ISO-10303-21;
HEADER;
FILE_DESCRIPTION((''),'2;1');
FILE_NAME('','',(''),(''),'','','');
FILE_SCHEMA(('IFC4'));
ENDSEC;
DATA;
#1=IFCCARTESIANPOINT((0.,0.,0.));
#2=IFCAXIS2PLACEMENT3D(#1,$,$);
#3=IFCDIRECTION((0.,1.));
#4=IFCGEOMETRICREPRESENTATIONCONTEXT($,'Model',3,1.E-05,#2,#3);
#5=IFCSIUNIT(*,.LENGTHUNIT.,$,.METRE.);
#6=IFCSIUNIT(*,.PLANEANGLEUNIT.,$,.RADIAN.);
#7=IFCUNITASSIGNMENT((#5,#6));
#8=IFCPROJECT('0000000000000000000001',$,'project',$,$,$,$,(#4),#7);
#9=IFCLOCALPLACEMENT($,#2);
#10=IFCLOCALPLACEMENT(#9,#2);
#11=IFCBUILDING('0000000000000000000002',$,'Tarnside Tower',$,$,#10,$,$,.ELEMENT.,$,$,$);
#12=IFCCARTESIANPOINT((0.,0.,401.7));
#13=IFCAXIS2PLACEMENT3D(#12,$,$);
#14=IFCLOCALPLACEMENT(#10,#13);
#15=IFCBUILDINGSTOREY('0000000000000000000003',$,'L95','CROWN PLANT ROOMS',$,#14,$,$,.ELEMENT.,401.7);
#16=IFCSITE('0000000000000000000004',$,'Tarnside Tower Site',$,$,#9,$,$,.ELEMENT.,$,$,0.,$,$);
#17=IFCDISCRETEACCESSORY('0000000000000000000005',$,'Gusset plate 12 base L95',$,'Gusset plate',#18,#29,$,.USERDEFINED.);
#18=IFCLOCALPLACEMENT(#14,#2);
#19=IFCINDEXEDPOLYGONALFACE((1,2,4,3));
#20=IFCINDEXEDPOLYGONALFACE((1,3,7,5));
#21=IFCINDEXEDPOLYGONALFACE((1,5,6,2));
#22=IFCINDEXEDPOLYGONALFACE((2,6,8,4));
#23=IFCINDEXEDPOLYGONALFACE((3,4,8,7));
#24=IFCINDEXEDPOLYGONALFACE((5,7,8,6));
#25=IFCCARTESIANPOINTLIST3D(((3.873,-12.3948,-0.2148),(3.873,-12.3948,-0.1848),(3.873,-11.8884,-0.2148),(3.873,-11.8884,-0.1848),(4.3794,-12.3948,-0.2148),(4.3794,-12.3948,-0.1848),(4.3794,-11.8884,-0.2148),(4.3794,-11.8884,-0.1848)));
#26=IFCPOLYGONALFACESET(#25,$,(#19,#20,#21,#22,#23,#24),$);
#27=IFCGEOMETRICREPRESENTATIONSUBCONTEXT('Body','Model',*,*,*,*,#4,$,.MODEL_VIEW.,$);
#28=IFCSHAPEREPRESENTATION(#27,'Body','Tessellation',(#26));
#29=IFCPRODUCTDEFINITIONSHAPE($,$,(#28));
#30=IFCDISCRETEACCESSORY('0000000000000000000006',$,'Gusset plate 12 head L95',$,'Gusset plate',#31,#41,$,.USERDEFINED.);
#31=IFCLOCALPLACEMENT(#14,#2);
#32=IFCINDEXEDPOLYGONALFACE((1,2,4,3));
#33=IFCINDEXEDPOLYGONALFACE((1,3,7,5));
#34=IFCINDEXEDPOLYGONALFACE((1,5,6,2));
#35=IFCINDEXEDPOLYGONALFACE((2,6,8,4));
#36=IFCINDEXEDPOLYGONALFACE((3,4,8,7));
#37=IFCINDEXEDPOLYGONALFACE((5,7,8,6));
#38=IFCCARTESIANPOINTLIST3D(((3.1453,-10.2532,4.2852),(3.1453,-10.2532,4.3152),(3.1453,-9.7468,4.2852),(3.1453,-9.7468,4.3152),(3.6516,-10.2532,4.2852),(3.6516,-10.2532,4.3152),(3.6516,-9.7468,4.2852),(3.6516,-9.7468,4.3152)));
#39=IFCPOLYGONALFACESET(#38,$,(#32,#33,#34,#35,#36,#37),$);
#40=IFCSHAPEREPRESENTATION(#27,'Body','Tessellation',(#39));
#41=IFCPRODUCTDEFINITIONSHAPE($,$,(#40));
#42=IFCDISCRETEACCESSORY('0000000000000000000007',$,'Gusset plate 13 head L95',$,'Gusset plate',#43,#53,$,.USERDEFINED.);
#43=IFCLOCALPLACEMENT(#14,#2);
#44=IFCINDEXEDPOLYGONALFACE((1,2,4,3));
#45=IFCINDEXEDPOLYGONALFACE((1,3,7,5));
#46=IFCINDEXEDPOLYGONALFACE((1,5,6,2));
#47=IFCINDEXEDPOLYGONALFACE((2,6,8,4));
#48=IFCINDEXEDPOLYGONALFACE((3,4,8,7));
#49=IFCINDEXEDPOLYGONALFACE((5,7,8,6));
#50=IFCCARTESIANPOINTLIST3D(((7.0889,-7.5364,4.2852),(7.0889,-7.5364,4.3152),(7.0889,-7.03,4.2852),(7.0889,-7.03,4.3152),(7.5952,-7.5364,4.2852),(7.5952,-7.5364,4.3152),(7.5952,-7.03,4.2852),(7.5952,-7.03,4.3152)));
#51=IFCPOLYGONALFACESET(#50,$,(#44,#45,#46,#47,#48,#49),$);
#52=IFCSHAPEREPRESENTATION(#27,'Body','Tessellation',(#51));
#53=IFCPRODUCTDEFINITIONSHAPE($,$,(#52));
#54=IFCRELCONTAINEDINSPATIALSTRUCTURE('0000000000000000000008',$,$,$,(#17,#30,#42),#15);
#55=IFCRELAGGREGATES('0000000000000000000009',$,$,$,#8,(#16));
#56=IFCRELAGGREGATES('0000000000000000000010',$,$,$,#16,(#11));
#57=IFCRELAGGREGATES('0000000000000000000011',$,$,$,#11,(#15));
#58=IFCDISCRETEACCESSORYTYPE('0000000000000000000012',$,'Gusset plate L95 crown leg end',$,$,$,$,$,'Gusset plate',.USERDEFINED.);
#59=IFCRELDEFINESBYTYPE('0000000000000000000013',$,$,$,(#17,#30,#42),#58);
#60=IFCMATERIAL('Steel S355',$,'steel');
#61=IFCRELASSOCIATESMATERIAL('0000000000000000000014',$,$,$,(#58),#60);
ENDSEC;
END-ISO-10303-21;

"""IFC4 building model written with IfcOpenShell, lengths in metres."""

from ifc_helpers import new_model, si_unit, direction, frame, origin, origin_2d, place, context, subcontext, project, spatial, rectangle, extrude, material, type_object, element, save


model = new_model("IFC4")

# Units and contexts
model_context = context("Model", 3, precision=1e-05, world=origin(), true_north=direction((0.0, 1.0)))
body_context = subcontext(model_context, "Body", "Model", "MODEL_VIEW")
ifc_project = project(units=[si_unit("LENGTHUNIT", "METRE"), si_unit("PLANEANGLEUNIT", "RADIAN")], contexts=[model_context])

# Site, building, storey
site_placement = place(None, origin())
site = spatial("IfcSite", under=ifc_project, at=site_placement, Name="Tarnside Tower Site", CompositionType="ELEMENT", RefElevation=0.0)
building_placement = place(site_placement, origin())
building = spatial("IfcBuilding", under=site, at=building_placement, Name="Tarnside Tower", CompositionType="ELEMENT")
storey_placement = place(building_placement, frame((0.0, 0.0, 401.7)))
storey = spatial("IfcBuildingStorey", under=building, at=storey_placement, Name="L95", Description="CROWN PLANT ROOMS", CompositionType="ELEMENT", Elevation=401.7)

# Shared definitions
ifc_material_1 = material(Name="Steel S355", Category="steel")

# Discrete accessories
discrete_accessory_type = type_object("IfcDiscreteAccessoryType", Name="Gusset plate L95 crown leg end", ElementType="Gusset plate", PredefinedType="USERDEFINED", material=ifc_material_1)
for number, where, z_axis, x_axis, name in (
    (1, (4.1262, -12.1416, -0.2148), (0.0, 0.0, 1.0), (1.0, 0.0, 0.0), "Gusset plate 12 base L95"),
    (2, (3.3984, -10.0, 4.2852), (0.0, 0.0, 1.0), (1.0, 0.0, 0.0), "Gusset plate 12 head L95"),
    (3, (7.342, -7.2832, 4.2852), (0.0, 0.0, 1.0), (1.0, 0.0, 0.0), "Gusset plate 13 head L95"),
):
    element("IfcDiscreteAccessory", number, at=place(storey_placement, frame(where, z_axis=z_axis, x_axis=x_axis)), inside=storey, type_object=discrete_accessory_type, Name=name, ObjectType="Gusset plate", PredefinedType="USERDEFINED", context=body_context, shape_type="SweptSolid", body=[
        extrude(rectangle(XDim=0.5063, YDim=0.5063, at=origin_2d()), origin(), (0.0, 0.0, 1.0), 0.03),
    ])

save(model, "model.ifc")
